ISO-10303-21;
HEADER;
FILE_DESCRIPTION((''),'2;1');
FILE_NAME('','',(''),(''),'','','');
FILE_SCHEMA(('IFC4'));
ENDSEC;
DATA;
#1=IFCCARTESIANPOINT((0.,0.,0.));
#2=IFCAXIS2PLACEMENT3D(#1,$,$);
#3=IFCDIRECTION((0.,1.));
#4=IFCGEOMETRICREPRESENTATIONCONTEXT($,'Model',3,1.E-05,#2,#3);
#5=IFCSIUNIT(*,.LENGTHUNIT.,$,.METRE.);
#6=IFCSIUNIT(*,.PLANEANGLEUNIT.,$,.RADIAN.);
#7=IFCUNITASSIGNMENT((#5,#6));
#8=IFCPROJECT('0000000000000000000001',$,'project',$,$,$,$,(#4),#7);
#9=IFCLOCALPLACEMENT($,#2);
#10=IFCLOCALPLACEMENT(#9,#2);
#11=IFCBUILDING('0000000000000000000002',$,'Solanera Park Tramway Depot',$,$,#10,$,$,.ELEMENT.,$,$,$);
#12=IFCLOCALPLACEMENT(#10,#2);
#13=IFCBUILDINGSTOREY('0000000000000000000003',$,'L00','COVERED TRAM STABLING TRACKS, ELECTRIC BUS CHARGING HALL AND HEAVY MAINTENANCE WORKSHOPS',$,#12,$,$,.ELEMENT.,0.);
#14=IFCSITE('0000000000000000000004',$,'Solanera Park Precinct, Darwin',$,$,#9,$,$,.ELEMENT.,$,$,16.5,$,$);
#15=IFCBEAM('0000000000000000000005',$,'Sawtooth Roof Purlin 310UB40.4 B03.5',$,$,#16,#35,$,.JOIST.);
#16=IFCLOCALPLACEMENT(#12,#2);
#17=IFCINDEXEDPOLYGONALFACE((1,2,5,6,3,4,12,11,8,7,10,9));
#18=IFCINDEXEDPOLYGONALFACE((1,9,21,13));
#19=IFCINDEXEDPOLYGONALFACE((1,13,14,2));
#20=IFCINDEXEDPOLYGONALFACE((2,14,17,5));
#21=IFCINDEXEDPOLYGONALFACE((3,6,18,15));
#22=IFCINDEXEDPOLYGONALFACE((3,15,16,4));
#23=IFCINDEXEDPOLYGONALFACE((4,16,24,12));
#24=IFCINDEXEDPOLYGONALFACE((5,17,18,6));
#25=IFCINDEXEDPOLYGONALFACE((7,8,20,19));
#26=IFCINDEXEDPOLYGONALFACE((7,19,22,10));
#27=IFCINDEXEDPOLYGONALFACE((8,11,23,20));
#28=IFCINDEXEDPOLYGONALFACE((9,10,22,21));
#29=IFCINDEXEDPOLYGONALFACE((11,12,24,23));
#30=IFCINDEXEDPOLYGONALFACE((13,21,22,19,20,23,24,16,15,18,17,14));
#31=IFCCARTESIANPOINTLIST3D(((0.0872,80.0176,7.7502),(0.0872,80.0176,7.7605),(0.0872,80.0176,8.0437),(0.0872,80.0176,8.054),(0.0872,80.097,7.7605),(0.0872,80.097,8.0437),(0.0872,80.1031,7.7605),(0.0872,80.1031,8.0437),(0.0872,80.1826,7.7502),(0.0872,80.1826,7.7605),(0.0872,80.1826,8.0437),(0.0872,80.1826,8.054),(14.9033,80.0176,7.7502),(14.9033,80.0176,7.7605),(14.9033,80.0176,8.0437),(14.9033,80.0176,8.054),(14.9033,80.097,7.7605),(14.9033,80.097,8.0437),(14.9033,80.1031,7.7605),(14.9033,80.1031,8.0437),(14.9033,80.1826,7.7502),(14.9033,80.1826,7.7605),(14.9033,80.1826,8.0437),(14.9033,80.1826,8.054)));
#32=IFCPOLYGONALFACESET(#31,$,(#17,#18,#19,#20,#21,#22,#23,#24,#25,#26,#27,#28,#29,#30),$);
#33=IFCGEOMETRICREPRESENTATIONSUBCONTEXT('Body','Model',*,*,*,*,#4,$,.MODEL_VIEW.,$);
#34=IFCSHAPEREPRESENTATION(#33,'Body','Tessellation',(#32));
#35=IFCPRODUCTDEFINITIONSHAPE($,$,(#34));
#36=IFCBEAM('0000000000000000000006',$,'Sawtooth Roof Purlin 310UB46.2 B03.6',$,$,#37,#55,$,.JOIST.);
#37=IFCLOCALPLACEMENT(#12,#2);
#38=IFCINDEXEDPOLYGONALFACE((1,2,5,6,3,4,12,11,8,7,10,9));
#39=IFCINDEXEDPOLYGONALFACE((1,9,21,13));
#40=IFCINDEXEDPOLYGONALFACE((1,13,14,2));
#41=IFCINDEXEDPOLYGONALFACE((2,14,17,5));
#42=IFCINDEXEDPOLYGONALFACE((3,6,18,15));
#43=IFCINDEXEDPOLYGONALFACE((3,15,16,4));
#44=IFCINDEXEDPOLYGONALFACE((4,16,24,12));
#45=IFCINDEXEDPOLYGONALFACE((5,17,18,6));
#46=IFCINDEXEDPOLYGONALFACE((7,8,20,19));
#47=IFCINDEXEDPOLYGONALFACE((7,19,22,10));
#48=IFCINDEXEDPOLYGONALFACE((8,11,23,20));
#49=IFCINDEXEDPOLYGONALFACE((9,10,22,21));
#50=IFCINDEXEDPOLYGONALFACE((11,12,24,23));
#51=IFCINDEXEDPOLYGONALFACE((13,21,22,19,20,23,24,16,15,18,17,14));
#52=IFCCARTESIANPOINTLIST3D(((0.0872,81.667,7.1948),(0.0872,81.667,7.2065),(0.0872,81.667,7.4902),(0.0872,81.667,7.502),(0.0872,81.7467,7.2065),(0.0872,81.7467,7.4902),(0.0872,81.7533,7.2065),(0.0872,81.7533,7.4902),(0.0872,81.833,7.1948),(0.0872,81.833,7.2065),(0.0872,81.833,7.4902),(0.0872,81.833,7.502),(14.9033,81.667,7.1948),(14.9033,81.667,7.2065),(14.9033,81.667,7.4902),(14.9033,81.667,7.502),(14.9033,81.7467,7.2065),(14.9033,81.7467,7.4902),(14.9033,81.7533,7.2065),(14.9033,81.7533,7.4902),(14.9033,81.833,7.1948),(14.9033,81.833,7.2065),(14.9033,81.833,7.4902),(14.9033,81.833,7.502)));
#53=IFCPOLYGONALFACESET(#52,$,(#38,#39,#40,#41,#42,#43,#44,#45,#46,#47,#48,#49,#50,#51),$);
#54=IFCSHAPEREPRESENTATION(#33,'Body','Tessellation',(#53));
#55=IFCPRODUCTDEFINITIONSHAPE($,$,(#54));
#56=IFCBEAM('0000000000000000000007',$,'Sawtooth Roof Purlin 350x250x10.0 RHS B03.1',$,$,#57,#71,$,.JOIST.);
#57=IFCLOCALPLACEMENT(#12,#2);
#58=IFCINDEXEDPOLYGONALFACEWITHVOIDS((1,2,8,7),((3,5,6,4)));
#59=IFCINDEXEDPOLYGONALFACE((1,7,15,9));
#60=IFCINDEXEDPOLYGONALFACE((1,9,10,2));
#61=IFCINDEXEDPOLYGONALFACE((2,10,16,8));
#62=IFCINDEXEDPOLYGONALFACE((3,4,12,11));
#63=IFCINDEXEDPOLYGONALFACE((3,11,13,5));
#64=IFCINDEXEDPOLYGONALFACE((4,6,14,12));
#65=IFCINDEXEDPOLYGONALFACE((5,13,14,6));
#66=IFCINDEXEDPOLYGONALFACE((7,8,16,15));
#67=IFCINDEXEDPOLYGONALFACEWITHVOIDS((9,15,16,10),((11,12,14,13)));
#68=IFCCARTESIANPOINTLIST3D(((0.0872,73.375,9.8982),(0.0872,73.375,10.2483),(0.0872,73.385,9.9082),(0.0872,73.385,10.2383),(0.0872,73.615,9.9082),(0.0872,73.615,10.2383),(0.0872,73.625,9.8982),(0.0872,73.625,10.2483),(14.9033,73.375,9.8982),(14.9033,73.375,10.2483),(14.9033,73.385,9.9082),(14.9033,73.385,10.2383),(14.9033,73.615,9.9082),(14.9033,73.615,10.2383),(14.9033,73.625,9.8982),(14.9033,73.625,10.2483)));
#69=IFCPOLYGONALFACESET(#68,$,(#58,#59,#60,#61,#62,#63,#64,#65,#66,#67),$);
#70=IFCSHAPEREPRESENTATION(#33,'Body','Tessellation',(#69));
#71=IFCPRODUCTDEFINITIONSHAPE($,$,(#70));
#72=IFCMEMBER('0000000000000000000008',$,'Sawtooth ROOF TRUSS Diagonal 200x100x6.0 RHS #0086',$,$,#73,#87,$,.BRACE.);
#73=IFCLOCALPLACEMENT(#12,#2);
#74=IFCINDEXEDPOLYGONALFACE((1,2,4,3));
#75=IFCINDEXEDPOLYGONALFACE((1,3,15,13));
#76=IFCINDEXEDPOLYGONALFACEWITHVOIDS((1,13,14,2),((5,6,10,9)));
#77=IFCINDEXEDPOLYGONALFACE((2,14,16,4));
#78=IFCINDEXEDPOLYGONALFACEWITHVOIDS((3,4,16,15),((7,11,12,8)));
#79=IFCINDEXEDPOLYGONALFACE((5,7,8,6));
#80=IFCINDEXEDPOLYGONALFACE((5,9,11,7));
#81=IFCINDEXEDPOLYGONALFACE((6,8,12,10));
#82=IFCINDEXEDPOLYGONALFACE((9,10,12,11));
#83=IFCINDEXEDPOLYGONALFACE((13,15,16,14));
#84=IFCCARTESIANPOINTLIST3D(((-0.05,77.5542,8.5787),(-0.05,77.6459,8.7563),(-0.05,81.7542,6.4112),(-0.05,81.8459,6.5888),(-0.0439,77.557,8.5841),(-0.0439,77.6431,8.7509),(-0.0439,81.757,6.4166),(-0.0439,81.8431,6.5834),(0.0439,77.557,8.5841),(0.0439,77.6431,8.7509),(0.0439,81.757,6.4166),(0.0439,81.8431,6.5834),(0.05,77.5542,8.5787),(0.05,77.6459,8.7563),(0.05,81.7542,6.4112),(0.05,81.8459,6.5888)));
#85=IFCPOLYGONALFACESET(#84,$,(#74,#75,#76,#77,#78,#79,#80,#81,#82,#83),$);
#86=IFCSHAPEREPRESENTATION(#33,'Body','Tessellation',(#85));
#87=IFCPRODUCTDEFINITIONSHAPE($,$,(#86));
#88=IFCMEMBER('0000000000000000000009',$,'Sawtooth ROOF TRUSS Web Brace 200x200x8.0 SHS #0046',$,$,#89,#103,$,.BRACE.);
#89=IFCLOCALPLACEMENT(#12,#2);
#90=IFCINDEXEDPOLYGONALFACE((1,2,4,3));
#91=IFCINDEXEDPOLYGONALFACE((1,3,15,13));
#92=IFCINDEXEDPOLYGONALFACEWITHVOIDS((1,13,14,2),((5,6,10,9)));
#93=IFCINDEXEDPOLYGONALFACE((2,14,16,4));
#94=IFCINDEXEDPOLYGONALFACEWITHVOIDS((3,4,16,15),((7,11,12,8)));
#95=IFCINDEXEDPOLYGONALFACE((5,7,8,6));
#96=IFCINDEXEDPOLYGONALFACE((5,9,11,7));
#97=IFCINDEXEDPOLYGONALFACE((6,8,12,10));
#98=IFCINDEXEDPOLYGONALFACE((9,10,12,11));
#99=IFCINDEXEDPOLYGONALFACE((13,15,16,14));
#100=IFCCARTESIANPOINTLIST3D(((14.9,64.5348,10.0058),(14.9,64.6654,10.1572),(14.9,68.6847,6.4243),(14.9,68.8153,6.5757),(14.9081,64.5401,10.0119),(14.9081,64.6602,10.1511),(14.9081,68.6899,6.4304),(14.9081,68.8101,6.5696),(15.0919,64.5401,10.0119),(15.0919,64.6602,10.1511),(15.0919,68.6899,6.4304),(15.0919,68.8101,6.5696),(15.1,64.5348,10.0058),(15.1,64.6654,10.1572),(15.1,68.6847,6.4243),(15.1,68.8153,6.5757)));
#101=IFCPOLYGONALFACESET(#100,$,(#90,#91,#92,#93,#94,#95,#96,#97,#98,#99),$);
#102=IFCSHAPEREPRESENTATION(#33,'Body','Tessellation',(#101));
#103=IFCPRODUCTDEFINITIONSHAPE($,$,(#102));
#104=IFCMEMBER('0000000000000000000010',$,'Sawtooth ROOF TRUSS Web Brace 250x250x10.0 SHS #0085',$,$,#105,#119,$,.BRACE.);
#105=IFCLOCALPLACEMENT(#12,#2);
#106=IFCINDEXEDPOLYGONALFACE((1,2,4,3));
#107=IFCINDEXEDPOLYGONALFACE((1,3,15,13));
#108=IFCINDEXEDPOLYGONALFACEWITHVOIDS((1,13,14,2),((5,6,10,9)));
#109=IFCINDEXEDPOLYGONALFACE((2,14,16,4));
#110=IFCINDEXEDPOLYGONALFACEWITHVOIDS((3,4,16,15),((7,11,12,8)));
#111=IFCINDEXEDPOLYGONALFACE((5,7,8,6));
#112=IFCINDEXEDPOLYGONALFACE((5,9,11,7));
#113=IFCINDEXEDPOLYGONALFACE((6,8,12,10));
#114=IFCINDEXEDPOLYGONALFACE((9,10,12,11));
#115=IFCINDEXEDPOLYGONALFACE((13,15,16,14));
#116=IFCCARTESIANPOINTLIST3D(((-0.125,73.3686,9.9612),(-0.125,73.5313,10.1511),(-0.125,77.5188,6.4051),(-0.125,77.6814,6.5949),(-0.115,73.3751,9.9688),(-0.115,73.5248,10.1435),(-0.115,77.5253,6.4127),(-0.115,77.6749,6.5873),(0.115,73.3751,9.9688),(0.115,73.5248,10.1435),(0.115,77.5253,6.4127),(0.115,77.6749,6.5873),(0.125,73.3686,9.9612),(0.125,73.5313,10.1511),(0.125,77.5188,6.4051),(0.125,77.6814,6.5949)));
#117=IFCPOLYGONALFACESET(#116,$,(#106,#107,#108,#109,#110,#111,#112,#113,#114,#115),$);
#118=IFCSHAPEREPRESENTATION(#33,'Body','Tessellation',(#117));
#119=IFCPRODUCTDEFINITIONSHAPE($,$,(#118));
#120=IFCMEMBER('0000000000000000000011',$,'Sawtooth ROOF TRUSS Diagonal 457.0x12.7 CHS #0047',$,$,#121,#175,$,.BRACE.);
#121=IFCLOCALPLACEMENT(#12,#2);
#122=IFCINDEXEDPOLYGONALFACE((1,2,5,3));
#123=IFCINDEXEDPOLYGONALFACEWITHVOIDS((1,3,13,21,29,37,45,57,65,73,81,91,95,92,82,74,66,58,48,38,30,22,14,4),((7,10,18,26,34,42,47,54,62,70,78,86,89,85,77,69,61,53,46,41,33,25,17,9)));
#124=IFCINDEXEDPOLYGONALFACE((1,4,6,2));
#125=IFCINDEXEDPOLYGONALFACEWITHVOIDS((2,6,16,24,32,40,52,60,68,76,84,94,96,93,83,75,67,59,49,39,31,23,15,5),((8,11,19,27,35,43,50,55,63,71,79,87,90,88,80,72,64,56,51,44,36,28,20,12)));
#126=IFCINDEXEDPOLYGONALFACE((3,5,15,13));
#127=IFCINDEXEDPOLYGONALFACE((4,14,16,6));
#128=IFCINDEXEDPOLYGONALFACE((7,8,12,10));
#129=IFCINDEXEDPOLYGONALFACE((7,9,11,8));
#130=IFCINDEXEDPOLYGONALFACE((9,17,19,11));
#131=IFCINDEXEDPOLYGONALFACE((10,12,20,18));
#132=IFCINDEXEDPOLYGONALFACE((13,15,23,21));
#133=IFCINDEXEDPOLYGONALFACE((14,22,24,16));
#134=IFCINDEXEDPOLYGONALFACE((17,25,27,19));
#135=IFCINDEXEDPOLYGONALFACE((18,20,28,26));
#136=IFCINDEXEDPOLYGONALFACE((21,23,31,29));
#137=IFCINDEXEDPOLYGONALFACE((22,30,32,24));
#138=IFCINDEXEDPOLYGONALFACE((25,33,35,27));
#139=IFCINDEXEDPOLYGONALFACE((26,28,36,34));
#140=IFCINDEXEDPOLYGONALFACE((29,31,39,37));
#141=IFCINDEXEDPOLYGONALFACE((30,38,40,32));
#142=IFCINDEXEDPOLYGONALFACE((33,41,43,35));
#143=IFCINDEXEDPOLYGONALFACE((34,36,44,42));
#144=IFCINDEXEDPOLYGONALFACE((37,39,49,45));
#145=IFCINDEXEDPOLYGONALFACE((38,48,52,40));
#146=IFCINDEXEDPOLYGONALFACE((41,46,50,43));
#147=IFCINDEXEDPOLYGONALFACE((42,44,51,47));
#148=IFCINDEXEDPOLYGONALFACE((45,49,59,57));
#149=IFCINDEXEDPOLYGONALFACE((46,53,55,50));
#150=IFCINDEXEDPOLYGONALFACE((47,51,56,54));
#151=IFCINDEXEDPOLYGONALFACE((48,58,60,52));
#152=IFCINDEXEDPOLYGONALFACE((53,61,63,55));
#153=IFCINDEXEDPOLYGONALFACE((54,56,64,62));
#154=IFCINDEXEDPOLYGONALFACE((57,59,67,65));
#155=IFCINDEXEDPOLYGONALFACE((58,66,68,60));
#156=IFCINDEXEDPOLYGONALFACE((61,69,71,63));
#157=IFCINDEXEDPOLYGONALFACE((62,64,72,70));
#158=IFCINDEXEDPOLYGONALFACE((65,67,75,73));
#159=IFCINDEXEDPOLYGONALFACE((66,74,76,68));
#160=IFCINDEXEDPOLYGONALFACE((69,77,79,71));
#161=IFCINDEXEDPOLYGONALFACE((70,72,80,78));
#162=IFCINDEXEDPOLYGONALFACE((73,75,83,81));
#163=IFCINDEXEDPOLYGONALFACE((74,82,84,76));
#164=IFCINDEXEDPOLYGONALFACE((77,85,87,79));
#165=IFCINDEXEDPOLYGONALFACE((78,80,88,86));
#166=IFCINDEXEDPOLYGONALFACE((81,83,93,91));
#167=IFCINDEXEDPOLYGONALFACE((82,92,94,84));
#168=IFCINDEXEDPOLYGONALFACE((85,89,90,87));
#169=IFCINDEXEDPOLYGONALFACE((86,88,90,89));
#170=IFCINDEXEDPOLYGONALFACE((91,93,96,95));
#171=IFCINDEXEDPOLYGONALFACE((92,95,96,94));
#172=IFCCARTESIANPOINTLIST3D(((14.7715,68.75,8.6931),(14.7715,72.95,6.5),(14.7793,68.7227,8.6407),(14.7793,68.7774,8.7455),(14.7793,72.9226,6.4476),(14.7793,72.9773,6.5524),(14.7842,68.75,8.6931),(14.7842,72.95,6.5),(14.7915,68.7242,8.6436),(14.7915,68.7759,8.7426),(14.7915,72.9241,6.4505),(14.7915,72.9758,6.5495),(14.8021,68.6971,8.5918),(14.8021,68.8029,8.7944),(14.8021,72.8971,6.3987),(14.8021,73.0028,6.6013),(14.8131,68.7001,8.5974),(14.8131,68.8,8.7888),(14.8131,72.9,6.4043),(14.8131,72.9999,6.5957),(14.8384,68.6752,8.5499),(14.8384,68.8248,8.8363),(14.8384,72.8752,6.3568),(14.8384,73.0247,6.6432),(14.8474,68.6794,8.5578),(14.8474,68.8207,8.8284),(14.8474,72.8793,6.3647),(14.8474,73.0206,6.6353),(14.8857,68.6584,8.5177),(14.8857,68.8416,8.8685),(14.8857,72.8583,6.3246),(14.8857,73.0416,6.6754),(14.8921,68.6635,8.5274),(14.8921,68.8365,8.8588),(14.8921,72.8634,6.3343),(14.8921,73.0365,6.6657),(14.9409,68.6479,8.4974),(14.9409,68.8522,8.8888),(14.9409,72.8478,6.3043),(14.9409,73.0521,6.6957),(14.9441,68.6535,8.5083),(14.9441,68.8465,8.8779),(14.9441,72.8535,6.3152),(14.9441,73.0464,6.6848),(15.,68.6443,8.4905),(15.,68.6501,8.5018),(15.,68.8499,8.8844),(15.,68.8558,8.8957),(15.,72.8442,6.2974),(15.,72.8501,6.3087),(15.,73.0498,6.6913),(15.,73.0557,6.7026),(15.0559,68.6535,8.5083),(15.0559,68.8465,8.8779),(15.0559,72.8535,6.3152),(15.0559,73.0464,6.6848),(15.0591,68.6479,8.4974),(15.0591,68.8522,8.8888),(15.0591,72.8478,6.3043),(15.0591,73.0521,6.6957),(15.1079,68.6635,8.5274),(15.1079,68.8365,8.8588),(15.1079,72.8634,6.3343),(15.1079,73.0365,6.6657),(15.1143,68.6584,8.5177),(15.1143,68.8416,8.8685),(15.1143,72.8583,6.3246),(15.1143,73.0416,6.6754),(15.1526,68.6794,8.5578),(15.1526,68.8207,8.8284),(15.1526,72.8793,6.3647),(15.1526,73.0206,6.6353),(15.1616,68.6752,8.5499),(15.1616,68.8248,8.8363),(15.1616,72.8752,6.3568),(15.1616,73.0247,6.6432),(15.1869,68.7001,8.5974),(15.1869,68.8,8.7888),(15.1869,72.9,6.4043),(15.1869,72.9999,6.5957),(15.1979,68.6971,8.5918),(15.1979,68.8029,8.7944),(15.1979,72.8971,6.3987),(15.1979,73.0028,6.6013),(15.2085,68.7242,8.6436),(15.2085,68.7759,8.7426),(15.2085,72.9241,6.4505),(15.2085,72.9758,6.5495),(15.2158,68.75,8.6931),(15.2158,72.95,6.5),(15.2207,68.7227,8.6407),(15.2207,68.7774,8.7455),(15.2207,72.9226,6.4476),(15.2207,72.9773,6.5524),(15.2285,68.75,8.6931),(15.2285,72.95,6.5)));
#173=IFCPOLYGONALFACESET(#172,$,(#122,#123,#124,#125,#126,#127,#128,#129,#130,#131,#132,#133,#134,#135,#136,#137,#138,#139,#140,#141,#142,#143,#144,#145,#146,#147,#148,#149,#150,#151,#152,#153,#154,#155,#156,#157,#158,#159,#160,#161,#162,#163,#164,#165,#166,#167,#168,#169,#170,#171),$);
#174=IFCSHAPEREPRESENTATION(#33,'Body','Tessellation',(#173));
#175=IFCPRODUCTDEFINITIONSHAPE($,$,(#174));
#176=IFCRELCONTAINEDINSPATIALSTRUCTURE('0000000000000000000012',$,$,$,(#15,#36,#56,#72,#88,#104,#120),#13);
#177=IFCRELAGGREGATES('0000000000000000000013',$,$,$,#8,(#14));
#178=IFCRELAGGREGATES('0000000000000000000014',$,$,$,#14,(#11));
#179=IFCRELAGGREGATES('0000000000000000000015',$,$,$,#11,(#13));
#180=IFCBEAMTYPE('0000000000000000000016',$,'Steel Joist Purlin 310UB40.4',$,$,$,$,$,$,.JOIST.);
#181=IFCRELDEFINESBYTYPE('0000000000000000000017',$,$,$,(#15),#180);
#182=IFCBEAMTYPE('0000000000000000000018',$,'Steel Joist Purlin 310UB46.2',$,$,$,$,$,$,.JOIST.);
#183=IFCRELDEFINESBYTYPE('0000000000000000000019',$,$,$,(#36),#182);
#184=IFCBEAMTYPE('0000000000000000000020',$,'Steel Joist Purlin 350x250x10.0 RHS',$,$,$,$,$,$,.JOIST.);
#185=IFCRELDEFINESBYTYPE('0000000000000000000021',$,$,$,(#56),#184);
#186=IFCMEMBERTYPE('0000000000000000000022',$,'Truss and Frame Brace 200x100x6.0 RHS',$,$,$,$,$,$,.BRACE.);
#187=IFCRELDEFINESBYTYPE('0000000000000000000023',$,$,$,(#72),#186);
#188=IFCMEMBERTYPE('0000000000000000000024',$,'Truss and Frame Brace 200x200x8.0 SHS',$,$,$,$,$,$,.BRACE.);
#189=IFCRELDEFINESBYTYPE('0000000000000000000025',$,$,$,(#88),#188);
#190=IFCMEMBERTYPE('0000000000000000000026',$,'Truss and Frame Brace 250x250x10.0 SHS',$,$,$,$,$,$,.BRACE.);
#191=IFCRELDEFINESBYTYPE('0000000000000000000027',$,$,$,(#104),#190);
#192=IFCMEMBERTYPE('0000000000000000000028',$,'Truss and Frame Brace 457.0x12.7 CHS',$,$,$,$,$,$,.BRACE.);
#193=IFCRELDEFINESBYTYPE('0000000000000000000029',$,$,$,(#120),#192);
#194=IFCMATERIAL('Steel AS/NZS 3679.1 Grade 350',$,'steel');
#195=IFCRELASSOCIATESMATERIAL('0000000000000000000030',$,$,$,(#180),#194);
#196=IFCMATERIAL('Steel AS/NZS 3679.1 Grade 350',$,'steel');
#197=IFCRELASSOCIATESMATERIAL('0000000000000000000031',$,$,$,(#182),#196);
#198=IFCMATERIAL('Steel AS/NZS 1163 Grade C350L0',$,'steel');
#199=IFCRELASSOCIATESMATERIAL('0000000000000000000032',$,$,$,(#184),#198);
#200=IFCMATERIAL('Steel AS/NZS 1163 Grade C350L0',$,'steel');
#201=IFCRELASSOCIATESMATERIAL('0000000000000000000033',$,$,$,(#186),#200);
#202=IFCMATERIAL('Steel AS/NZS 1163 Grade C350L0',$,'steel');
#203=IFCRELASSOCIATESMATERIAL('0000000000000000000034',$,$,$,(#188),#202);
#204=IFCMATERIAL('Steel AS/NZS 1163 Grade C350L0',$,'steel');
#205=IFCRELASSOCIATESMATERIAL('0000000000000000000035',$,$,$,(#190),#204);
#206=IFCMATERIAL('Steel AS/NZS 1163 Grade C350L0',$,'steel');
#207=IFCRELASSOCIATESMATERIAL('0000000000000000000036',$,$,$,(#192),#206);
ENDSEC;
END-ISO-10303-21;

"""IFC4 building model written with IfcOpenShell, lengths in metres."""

from ifc_helpers import new_model, si_unit, direction, frame, origin, origin_2d, place, context, subcontext, project, spatial, hollow_rectangle, hollow_circle, i_section, extrude, material, material_profile, profile_set, type_object, element, save


model = new_model("IFC4")

# Units and contexts
model_context = context("Model", 3, precision=1e-05, world=origin(), true_north=direction((0.0, 1.0)))
body_context = subcontext(model_context, "Body", "Model", "MODEL_VIEW")
ifc_project = project(units=[si_unit("LENGTHUNIT", "METRE"), si_unit("PLANEANGLEUNIT", "RADIAN")], contexts=[model_context])

# Site, building, storey
site_placement = place(None, origin())
site = spatial("IfcSite", under=ifc_project, at=site_placement, Name="Solanera Park Precinct, Darwin", CompositionType="ELEMENT", RefElevation=16.5)
building_placement = place(site_placement, origin())
building = spatial("IfcBuilding", under=site, at=building_placement, Name="Solanera Park Tramway Depot", CompositionType="ELEMENT")
storey_placement = place(building_placement, origin())
storey = spatial("IfcBuildingStorey", under=building, at=storey_placement, Name="L00", Description="COVERED TRAM STABLING TRACKS, ELECTRIC BUS CHARGING HALL AND HEAVY MAINTENANCE WORKSHOPS", CompositionType="ELEMENT", Elevation=0.0)

# Beams
ifc_material_1 = material(Name="Steel AS/NZS 3679.1 Grade 350", Category="steel")
ifc_material_profile_1 = material_profile(ifc_material_1, i_section(OverallWidth=0.165, OverallDepth=0.3037, WebThickness=0.0061, FlangeThickness=0.0103, at=origin_2d()), Name="310UB40.4")
ifc_profile_set_1 = profile_set([ifc_material_profile_1], Name="Steel AS/NZS 3679.1 Grade 350")
beam_type_1 = type_object("IfcBeamType", Name="Steel Joist Purlin 310UB40.4", PredefinedType="JOIST", material=ifc_profile_set_1)
beam_1_placement = place(storey_placement, frame((0.0872, 80.1001, 7.9021), z_axis=(1.0, 0.0, 0.0), x_axis=(0.0, 1.0, 0.0)))
element("IfcBeam", 1, at=beam_1_placement, inside=storey, type_object=beam_type_1, Name="Sawtooth Roof Purlin 310UB40.4 B03.5", PredefinedType="JOIST", context=body_context, shape_type="SweptSolid", body=[
    extrude(i_section(OverallWidth=0.165, OverallDepth=0.3037, WebThickness=0.0061, FlangeThickness=0.0103, at=origin_2d()), origin(), (0.0, 0.0, 1.0), 14.8162),
])
ifc_material_2 = material(Name="Steel AS/NZS 3679.1 Grade 350", Category="steel")
ifc_material_profile_2 = material_profile(ifc_material_2, i_section(OverallWidth=0.166, OverallDepth=0.3071, WebThickness=0.0066, FlangeThickness=0.0117, at=origin_2d()), Name="310UB46.2")
ifc_profile_set_2 = profile_set([ifc_material_profile_2], Name="Steel AS/NZS 3679.1 Grade 350")
beam_type_2 = type_object("IfcBeamType", Name="Steel Joist Purlin 310UB46.2", PredefinedType="JOIST", material=ifc_profile_set_2)
beam_2_placement = place(storey_placement, frame((0.0872, 81.75, 7.3484), z_axis=(1.0, 0.0, 0.0), x_axis=(0.0, 1.0, 0.0)))
element("IfcBeam", 2, at=beam_2_placement, inside=storey, type_object=beam_type_2, Name="Sawtooth Roof Purlin 310UB46.2 B03.6", PredefinedType="JOIST", context=body_context, shape_type="SweptSolid", body=[
    extrude(i_section(OverallWidth=0.166, OverallDepth=0.3071, WebThickness=0.0066, FlangeThickness=0.0117, at=origin_2d()), origin(), (0.0, 0.0, 1.0), 14.8162),
])
ifc_material_3 = material(Name="Steel AS/NZS 1163 Grade C350L0", Category="steel")
ifc_material_profile_3 = material_profile(ifc_material_3, hollow_rectangle(XDim=0.25, YDim=0.3501, WallThickness=0.01, at=origin_2d()), Name="350x250x10.0 RHS")
ifc_profile_set_3 = profile_set([ifc_material_profile_3], Name="Steel AS/NZS 1163 Grade C350L0")
beam_type_3 = type_object("IfcBeamType", Name="Steel Joist Purlin 350x250x10.0 RHS", PredefinedType="JOIST", material=ifc_profile_set_3)
beam_3_placement = place(storey_placement, frame((0.0872, 73.5, 10.0732), z_axis=(1.0, 0.0, 0.0), x_axis=(0.0, 1.0, 0.0)))
element("IfcBeam", 3, at=beam_3_placement, inside=storey, type_object=beam_type_3, Name="Sawtooth Roof Purlin 350x250x10.0 RHS B03.1", PredefinedType="JOIST", context=body_context, shape_type="SweptSolid", body=[
    extrude(hollow_rectangle(XDim=0.25, YDim=0.3501, WallThickness=0.01, at=origin_2d()), origin(), (0.0, 0.0, 1.0), 14.8162),
])

# Members
ifc_material_4 = material(Name="Steel AS/NZS 1163 Grade C350L0", Category="steel")
ifc_material_profile_4 = material_profile(ifc_material_4, hollow_rectangle(XDim=0.1001, YDim=0.2, WallThickness=0.0061, at=origin_2d()), Name="200x100x6.0 RHS")
ifc_profile_set_4 = profile_set([ifc_material_profile_4], Name="Steel AS/NZS 1163 Grade C350L0")
member_type_1 = type_object("IfcMemberType", Name="Truss and Frame Brace 200x100x6.0 RHS", PredefinedType="BRACE", material=ifc_profile_set_4)
member_1_placement = place(storey_placement, frame((0.0, 81.8, 6.5), z_axis=(0.0, -0.888641, 0.458603), x_axis=(1.0, 0.0, 0.0)))
element("IfcMember", 4, at=member_1_placement, inside=storey, type_object=member_type_1, Name="Sawtooth ROOF TRUSS Diagonal 200x100x6.0 RHS #0086", PredefinedType="BRACE", context=body_context, shape_type="SweptSolid", body=[
    extrude(hollow_rectangle(XDim=0.1001, YDim=0.2, WallThickness=0.0061, at=origin_2d()), origin(), (0.0, 0.0, 1.0), 4.7263),
])
ifc_material_5 = material(Name="Steel AS/NZS 1163 Grade C350L0", Category="steel")
ifc_material_profile_5 = material_profile(ifc_material_5, hollow_rectangle(XDim=0.2, YDim=0.2, WallThickness=0.0081, at=origin_2d()), Name="200x200x8.0 SHS")
ifc_profile_set_5 = profile_set([ifc_material_profile_5], Name="Steel AS/NZS 1163 Grade C350L0")
member_type_2 = type_object("IfcMemberType", Name="Truss and Frame Brace 200x200x8.0 SHS", PredefinedType="BRACE", material=ifc_profile_set_5)
member_2_placement = place(storey_placement, frame((15.0, 68.75, 6.5), z_axis=(0.0, -0.757045, 0.653362), x_axis=(1.0, 0.0, 0.0)))
element("IfcMember", 5, at=member_2_placement, inside=storey, type_object=member_type_2, Name="Sawtooth ROOF TRUSS Web Brace 200x200x8.0 SHS #0046", PredefinedType="BRACE", context=body_context, shape_type="SweptSolid", body=[
    extrude(hollow_rectangle(XDim=0.2, YDim=0.2, WallThickness=0.0081, at=origin_2d()), origin(), (0.0, 0.0, 1.0), 5.4817),
])
ifc_material_6 = material(Name="Steel AS/NZS 1163 Grade C350L0", Category="steel")
ifc_material_profile_6 = material_profile(ifc_material_6, hollow_rectangle(XDim=0.25, YDim=0.25, WallThickness=0.01, at=origin_2d()), Name="250x250x10.0 SHS")
ifc_profile_set_6 = profile_set([ifc_material_profile_6], Name="Steel AS/NZS 1163 Grade C350L0")
member_type_3 = type_object("IfcMemberType", Name="Truss and Frame Brace 250x250x10.0 SHS", PredefinedType="BRACE", material=ifc_profile_set_6)
member_3_placement = place(storey_placement, frame((0.0, 77.6001, 6.5), z_axis=(0.0, -0.759357, 0.650674), x_axis=(1.0, 0.0, 0.0)))
element("IfcMember", 6, at=member_3_placement, inside=storey, type_object=member_type_3, Name="Sawtooth ROOF TRUSS Web Brace 250x250x10.0 SHS #0085", PredefinedType="BRACE", context=body_context, shape_type="SweptSolid", body=[
    extrude(hollow_rectangle(XDim=0.25, YDim=0.25, WallThickness=0.01, at=origin_2d()), origin(), (0.0, 0.0, 1.0), 5.4653),
])
ifc_material_7 = material(Name="Steel AS/NZS 1163 Grade C350L0", Category="steel")
ifc_material_profile_7 = material_profile(ifc_material_7, hollow_circle(Radius=0.2285, WallThickness=0.0127, at=origin_2d()), Name="457.0x12.7 CHS")
ifc_profile_set_7 = profile_set([ifc_material_profile_7], Name="Steel AS/NZS 1163 Grade C350L0")
member_type_4 = type_object("IfcMemberType", Name="Truss and Frame Brace 457.0x12.7 CHS", PredefinedType="BRACE", material=ifc_profile_set_7)
member_4_placement = place(storey_placement, frame((15.0, 72.95, 6.5), z_axis=(0.0, -0.886426, 0.462871), x_axis=(1.0, 0.0, 0.0)))
element("IfcMember", 7, at=member_4_placement, inside=storey, type_object=member_type_4, Name="Sawtooth ROOF TRUSS Diagonal 457.0x12.7 CHS #0047", PredefinedType="BRACE", context=body_context, shape_type="SweptSolid", body=[
    extrude(hollow_circle(Radius=0.2285, WallThickness=0.0127, at=origin_2d()), origin(), (0.0, 0.0, 1.0), 4.738),
])

save(model, "model.ifc")
